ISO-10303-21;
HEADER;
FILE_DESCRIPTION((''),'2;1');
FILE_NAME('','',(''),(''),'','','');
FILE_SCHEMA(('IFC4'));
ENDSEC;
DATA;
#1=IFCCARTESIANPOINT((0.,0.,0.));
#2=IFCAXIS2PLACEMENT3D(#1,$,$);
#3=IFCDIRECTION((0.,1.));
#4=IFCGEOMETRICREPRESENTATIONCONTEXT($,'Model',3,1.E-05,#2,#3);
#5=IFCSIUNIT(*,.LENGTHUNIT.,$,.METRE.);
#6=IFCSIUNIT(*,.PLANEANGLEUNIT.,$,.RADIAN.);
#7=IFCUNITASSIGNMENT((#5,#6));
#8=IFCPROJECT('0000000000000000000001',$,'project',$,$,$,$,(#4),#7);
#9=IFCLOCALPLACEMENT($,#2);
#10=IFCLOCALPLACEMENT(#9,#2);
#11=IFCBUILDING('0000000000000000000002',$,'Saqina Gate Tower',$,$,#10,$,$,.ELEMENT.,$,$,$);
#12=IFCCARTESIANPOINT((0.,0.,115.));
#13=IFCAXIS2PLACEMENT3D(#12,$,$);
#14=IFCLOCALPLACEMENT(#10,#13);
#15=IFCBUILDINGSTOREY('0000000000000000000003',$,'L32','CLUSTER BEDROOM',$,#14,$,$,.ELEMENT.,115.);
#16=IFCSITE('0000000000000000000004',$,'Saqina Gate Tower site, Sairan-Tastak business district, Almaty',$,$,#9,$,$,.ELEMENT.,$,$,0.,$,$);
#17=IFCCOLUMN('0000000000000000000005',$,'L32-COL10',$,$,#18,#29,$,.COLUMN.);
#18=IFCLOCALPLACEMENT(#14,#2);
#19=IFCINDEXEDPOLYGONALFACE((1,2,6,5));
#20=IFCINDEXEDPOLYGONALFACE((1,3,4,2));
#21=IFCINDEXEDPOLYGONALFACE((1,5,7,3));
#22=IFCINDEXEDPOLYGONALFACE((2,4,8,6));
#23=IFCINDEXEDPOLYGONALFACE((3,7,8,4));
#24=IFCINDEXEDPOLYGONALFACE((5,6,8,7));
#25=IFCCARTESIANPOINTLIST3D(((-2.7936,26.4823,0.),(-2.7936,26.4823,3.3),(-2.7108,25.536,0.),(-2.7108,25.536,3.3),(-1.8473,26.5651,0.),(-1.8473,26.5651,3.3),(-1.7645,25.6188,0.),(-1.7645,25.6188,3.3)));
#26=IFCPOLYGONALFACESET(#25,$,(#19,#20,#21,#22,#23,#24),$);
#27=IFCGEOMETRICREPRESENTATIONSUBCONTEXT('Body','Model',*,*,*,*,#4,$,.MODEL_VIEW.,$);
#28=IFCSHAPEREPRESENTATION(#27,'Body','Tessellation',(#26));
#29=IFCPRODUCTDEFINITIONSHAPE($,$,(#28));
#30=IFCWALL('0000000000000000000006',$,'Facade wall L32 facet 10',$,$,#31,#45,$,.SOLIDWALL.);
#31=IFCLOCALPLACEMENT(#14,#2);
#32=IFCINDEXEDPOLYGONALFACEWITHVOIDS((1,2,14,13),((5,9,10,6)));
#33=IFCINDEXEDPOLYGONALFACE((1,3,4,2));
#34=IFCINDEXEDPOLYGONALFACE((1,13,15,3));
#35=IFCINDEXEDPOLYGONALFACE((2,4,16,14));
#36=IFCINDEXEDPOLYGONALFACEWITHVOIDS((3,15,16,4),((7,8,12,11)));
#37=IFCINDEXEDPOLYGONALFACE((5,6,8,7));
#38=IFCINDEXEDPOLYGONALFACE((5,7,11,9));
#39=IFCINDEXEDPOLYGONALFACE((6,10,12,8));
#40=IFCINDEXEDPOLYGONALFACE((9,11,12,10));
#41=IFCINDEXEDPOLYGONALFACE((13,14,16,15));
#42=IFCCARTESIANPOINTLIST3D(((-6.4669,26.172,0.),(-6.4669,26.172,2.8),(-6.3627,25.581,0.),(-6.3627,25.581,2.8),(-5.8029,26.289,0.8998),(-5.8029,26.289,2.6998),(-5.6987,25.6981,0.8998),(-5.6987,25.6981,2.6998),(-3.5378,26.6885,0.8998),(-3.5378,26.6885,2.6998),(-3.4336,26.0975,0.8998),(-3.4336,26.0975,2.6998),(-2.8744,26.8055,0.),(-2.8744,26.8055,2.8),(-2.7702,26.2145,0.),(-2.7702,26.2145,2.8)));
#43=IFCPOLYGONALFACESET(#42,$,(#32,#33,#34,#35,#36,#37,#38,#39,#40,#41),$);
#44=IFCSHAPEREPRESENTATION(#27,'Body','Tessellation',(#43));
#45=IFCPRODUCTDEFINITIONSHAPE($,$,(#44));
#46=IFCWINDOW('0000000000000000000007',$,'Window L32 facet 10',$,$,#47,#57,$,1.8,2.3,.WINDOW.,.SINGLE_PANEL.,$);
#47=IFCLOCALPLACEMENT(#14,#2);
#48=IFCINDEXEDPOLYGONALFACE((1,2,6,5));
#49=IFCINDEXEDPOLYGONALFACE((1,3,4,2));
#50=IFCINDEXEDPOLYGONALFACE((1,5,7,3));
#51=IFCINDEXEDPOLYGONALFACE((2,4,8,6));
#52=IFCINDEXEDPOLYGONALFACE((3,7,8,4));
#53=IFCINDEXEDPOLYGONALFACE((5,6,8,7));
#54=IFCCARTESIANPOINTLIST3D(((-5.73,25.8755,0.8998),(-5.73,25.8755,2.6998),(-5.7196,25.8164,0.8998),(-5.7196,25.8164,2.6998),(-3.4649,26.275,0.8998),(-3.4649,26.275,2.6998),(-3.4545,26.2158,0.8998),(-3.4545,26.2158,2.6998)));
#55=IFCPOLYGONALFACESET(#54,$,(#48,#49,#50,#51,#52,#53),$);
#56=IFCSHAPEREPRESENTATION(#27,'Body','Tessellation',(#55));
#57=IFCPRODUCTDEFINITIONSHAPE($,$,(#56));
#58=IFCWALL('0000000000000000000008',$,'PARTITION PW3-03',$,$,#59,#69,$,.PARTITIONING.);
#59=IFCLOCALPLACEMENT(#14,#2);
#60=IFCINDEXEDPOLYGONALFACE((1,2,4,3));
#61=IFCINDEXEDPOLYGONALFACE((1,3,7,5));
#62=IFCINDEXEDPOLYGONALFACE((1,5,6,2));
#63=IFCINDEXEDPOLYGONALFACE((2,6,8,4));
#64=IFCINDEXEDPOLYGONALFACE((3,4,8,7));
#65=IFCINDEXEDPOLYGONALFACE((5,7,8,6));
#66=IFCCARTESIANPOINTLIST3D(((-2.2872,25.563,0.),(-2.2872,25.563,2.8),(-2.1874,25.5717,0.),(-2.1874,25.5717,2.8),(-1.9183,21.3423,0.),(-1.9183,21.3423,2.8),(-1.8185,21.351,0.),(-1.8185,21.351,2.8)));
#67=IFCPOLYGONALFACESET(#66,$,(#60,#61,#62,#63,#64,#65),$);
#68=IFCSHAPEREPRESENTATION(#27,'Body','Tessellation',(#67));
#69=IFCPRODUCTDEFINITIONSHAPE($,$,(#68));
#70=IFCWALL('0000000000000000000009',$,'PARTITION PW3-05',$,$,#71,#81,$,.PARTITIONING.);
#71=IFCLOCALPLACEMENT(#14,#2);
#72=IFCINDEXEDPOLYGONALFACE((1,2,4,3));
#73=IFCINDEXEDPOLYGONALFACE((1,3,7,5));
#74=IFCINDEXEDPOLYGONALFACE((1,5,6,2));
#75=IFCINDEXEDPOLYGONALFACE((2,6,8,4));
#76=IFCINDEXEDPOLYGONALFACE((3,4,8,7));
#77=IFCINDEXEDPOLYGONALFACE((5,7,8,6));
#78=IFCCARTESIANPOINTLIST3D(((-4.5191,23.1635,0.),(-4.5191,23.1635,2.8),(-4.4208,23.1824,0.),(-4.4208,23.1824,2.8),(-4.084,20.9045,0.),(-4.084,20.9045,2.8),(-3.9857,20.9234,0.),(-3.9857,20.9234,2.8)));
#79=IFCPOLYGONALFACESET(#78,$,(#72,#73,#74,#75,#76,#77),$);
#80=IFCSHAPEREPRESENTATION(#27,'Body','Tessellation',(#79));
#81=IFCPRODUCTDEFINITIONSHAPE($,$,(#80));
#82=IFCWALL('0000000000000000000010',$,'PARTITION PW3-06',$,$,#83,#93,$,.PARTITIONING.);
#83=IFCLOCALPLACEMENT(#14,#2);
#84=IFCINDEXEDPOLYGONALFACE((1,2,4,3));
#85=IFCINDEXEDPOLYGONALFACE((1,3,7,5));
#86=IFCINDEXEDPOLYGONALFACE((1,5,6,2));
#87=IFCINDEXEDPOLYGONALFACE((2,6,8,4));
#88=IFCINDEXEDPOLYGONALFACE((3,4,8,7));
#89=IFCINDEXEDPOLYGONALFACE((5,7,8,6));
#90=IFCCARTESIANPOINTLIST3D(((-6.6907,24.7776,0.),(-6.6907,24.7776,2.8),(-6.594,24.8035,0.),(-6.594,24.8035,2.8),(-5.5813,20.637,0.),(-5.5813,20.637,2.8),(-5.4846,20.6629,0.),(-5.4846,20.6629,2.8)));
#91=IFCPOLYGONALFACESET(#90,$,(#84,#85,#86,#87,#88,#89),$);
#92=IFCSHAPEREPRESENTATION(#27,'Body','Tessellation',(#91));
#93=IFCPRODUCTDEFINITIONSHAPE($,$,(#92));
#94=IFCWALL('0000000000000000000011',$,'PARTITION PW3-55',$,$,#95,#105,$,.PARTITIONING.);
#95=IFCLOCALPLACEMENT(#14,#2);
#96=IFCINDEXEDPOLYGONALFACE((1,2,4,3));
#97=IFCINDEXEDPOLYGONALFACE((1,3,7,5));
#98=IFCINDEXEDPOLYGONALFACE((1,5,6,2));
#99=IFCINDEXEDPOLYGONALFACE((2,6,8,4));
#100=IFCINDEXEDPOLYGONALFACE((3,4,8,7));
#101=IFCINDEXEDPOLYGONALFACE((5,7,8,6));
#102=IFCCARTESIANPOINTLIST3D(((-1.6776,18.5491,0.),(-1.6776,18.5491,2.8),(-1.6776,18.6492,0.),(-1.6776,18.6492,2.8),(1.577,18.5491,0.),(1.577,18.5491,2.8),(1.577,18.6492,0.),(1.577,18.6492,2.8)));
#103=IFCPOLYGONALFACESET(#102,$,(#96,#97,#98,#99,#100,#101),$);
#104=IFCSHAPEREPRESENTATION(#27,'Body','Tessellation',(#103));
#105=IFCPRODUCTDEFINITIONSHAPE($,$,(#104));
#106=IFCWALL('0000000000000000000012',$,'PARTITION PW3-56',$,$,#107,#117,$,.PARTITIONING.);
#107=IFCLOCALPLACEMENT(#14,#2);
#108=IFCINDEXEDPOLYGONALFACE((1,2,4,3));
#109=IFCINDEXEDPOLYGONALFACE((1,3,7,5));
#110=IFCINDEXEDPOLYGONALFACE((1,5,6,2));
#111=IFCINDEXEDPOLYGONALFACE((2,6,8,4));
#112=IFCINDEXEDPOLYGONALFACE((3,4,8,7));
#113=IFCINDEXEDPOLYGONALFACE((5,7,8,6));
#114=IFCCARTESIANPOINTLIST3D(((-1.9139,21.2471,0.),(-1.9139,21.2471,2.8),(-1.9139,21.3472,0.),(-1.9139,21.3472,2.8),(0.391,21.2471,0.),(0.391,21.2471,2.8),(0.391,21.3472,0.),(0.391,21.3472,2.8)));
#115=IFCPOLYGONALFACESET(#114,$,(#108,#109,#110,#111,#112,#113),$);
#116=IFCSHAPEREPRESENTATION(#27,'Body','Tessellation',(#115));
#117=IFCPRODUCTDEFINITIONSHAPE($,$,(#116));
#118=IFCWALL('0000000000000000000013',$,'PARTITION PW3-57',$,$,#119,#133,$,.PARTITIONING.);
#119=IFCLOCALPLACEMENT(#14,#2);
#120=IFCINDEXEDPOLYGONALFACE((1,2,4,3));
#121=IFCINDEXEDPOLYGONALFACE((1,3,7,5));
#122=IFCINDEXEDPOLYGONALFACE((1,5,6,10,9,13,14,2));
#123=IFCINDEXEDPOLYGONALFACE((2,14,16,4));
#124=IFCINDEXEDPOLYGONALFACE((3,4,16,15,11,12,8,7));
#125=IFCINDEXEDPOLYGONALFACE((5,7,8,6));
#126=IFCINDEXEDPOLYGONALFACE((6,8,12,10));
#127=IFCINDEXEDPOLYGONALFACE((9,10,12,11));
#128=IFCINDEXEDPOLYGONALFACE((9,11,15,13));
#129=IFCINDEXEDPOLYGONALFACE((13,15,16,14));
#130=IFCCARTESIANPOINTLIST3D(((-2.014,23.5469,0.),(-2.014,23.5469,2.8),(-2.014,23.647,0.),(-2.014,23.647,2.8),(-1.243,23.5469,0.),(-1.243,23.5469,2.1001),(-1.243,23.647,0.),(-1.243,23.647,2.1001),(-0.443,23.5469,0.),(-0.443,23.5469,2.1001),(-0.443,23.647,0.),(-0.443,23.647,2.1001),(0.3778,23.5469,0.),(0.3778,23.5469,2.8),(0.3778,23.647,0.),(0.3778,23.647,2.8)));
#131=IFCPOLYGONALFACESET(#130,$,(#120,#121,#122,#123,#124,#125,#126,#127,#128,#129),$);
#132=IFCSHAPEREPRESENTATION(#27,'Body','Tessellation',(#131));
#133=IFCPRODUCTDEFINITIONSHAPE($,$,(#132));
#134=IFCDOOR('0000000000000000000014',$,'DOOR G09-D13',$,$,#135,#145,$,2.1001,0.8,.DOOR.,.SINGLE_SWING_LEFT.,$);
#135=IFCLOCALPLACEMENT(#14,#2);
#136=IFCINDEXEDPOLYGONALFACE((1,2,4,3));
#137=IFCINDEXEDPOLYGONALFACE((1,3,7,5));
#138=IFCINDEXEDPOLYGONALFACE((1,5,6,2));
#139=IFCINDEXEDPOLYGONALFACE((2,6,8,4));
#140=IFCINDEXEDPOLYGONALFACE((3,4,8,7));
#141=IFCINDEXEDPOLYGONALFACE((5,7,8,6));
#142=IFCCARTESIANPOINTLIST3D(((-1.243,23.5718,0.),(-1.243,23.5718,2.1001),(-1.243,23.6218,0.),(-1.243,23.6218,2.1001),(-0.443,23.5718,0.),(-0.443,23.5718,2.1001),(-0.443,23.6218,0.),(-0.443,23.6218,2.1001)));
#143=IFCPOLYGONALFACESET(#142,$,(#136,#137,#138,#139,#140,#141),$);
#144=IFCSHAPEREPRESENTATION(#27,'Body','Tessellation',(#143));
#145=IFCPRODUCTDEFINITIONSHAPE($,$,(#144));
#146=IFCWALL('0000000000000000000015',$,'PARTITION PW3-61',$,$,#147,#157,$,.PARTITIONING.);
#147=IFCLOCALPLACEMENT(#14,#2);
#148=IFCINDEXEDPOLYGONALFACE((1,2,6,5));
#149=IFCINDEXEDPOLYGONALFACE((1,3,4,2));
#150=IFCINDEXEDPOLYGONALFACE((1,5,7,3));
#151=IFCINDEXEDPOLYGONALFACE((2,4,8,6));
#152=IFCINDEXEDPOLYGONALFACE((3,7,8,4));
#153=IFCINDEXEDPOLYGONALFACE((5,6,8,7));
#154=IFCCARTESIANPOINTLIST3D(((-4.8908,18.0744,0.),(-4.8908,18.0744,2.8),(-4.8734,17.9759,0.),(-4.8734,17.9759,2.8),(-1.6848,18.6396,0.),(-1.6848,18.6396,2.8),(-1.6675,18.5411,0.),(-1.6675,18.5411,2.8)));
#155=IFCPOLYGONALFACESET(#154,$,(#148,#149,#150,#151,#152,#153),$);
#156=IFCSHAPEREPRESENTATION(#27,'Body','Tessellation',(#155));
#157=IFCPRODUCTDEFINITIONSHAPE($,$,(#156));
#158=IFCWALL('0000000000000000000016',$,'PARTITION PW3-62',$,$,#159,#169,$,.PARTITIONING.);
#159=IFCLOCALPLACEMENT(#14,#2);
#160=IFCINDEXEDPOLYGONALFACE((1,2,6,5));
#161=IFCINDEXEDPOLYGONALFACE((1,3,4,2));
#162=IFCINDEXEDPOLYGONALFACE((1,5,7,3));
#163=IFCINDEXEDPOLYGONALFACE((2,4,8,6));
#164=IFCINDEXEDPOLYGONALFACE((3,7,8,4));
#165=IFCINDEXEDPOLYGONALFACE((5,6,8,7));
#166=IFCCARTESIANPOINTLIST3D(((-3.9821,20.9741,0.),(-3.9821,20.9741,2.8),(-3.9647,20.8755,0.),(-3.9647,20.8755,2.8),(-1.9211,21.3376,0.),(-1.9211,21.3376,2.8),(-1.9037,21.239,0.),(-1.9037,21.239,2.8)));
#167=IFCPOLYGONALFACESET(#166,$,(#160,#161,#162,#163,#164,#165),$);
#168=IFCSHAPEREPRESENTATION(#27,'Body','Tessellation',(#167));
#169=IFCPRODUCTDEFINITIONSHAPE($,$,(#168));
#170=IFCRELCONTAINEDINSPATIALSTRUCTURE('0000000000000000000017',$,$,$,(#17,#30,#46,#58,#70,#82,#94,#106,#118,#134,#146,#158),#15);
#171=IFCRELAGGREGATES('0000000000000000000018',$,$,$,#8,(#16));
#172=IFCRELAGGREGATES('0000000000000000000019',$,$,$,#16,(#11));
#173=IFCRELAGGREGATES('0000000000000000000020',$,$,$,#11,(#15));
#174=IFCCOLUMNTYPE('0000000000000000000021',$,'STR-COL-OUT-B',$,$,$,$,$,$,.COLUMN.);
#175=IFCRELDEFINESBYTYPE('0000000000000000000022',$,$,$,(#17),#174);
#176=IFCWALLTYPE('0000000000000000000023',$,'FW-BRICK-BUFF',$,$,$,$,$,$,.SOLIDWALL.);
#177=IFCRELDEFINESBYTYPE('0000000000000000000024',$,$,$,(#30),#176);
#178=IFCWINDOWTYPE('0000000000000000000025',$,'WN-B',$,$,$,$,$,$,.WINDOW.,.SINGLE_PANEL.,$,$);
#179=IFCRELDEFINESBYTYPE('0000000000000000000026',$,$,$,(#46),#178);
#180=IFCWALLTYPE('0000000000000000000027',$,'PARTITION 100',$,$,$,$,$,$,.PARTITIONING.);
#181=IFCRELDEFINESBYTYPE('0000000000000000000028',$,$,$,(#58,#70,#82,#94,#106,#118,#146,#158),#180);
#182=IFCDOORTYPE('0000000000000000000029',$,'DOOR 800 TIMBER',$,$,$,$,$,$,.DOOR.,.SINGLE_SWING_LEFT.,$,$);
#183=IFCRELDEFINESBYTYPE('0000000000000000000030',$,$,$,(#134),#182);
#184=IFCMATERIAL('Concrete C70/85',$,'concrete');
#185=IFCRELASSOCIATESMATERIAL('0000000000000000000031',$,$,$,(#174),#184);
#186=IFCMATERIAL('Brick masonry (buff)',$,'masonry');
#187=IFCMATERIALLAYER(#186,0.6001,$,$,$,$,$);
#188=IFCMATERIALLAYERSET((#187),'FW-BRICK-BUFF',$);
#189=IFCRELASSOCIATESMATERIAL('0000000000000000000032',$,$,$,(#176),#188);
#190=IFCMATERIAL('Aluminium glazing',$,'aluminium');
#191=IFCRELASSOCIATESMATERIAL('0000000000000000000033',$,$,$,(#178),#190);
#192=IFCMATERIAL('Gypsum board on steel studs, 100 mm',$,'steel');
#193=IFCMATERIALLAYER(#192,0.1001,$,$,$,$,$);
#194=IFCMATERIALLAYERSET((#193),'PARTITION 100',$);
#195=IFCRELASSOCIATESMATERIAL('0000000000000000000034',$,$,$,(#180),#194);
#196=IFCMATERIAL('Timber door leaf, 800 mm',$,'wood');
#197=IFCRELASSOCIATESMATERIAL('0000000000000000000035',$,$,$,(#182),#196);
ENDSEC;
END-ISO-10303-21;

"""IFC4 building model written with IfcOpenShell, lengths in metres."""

from ifc_helpers import new_model, si_unit, direction, frame, frame_2d, origin, origin_2d, place, context, subcontext, project, spatial, rectangle, extrude, material, layer, layer_set, material_profile, profile_set, type_object, element, fill, save


model = new_model("IFC4")

# Units and contexts
model_context = context("Model", 3, precision=1e-05, world=origin(), true_north=direction((0.0, 1.0)))
body_context = subcontext(model_context, "Body", "Model", "MODEL_VIEW")
ifc_project = project(units=[si_unit("LENGTHUNIT", "METRE"), si_unit("PLANEANGLEUNIT", "RADIAN")], contexts=[model_context])

# Site, building, storey
site_placement = place(None, origin())
site = spatial("IfcSite", under=ifc_project, at=site_placement, Name="Saqina Gate Tower site, Sairan-Tastak business district, Almaty", CompositionType="ELEMENT", RefElevation=0.0)
building_placement = place(site_placement, origin())
building = spatial("IfcBuilding", under=site, at=building_placement, Name="Saqina Gate Tower", CompositionType="ELEMENT")
storey_placement = place(building_placement, frame((0.0, 0.0, 115.0)))
storey = spatial("IfcBuildingStorey", under=building, at=storey_placement, Name="L32", Description="CLUSTER BEDROOM", CompositionType="ELEMENT", Elevation=115.0)

# Column
ifc_material_1 = material(Name="Concrete C70/85", Category="concrete")
ifc_material_profile = material_profile(ifc_material_1, rectangle(XDim=0.95, YDim=0.95, at=origin_2d()), Name="RC 950x950")
ifc_profile_set = profile_set([ifc_material_profile], Name="Concrete C70/85")
column_type = type_object("IfcColumnType", Name="STR-COL-OUT-B", PredefinedType="COLUMN", material=ifc_profile_set)
column_placement = place(storey_placement, frame((-2.2791, 26.0505, 0.0), z_axis=(0.0, 0.0, 1.0), x_axis=(-0.087156, 0.996195, 0.0)))
element("IfcColumn", 1, at=column_placement, inside=storey, type_object=column_type, Name="L32-COL10", PredefinedType="COLUMN", context=body_context, shape_type="SweptSolid", body=[
    extrude(rectangle(XDim=0.95, YDim=0.95, at=origin_2d()), origin(), (0.0, 0.0, 1.0), 3.3),
])

# Wall, opening, window
ifc_material_2 = material(Name="Brick masonry (buff)", Category="masonry")
ifc_layer_1 = layer(ifc_material_2, 0.6001)
ifc_layer_set_1 = layer_set([ifc_layer_1], Name="FW-BRICK-BUFF")
wall_type_1 = type_object("IfcWallType", Name="FW-BRICK-BUFF", PredefinedType="SOLIDWALL", material=ifc_layer_set_1)
wall_1_placement = place(storey_placement, frame((-2.8223, 26.51, 0.0), z_axis=(0.0, 0.0, 1.0), x_axis=(-0.984804, -0.173671, 0.0)))
wall_1 = element("IfcWall", 2, at=wall_1_placement, inside=storey, type_object=wall_type_1, Name="Facade wall L32 facet 10", PredefinedType="SOLIDWALL", context=body_context, shape_type="SweptSolid", body=[
    extrude(rectangle(XDim=3.6479, YDim=0.6001, at=frame_2d((1.824, 0.0))), origin(), (0.0, 0.0, 1.0), 2.8),
])
opening_1_placement = place(wall_1_placement, frame((0.6738, 0.0, 0.8999)))
opening_1 = element("IfcOpeningElement", 3, at=opening_1_placement, cuts=wall_1, PredefinedType="OPENING", context=body_context, shape_type="SweptSolid", body=[
    extrude(rectangle(XDim=2.3, YDim=1.8, at=frame_2d((1.1499, 0.8999))), frame((0.0, 0.312, 0.0), z_axis=(0.0, -1.0, 0.0), x_axis=(1.0, 0.0, 0.0)), (0.0, 0.0, 1.0), 0.624),
])
ifc_material_3 = material(Name="Aluminium glazing", Category="aluminium")
window_type = type_object("IfcWindowType", Name="WN-B", PartitioningType="SINGLE_PANEL", PredefinedType="WINDOW", material=ifc_material_3)
window_placement = place(opening_1_placement, origin())
window = element("IfcWindow", 4, at=window_placement, inside=storey, type_object=window_type, Name="Window L32 facet 10", OverallHeight=1.8, OverallWidth=2.3, PartitioningType="SINGLE_PANEL", PredefinedType="WINDOW", context=body_context, shape_type="SweptSolid", body=[
    extrude(rectangle(XDim=2.3, YDim=1.8, at=frame_2d((1.1499, 0.8999))), frame((0.0, 0.1799, 0.0), z_axis=(0.0, -1.0, 0.0), x_axis=(1.0, 0.0, 0.0)), (0.0, 0.0, 1.0), 0.0601),
])
fill(opening_1, window)

# Walls
ifc_material_4 = material(Name="Gypsum board on steel studs, 100 mm", Category="steel")
ifc_layer_2 = layer(ifc_material_4, 0.1001)
ifc_layer_set_2 = layer_set([ifc_layer_2], Name="PARTITION 100")
wall_type_2 = type_object("IfcWallType", Name="PARTITION 100", PredefinedType="PARTITIONING", material=ifc_layer_set_2)
wall_2_placement = place(storey_placement, frame((-2.2373, 25.5674, 0.0), z_axis=(0.0, 0.0, 1.0), x_axis=(0.08707, -0.996202, 0.0)))
element("IfcWall", 5, at=wall_2_placement, inside=storey, type_object=wall_type_2, Name="PARTITION PW3-03", PredefinedType="PARTITIONING", context=body_context, shape_type="SweptSolid", body=[
    extrude(rectangle(XDim=4.2368, YDim=0.1001, at=frame_2d((2.1184, 0.0))), origin(), (0.0, 0.0, 1.0), 2.8),
])
wall_3_placement = place(storey_placement, frame((-4.47, 23.1731, 0.0), z_axis=(0.0, 0.0, 1.0), x_axis=(0.189111, -0.981956, 0.0)))
element("IfcWall", 6, at=wall_3_placement, inside=storey, type_object=wall_type_2, Name="PARTITION PW3-05", PredefinedType="PARTITIONING", context=body_context, shape_type="SweptSolid", body=[
    extrude(rectangle(XDim=2.3005, YDim=0.1001, at=frame_2d((1.1504, 0.0))), origin(), (0.0, 0.0, 1.0), 2.8),
])
wall_4_placement = place(storey_placement, frame((-6.6423, 24.7905, 0.0), z_axis=(0.0, 0.0, 1.0), x_axis=(0.258797, -0.965932, 0.0)))
element("IfcWall", 7, at=wall_4_placement, inside=storey, type_object=wall_type_2, Name="PARTITION PW3-06", PredefinedType="PARTITIONING", context=body_context, shape_type="SweptSolid", body=[
    extrude(rectangle(XDim=4.2866, YDim=0.1001, at=frame_2d((2.1433, 0.0))), origin(), (0.0, 0.0, 1.0), 2.8),
])
wall_5_placement = place(storey_placement, frame((-1.6777, 18.5991, 0.0), z_axis=(0.0, 0.0, 1.0), x_axis=(1.0, 0.0, 0.0)))
element("IfcWall", 8, at=wall_5_placement, inside=storey, type_object=wall_type_2, Name="PARTITION PW3-55", PredefinedType="PARTITIONING", context=body_context, shape_type="SweptSolid", body=[
    extrude(rectangle(XDim=3.2546, YDim=0.1001, at=frame_2d((1.6274, 0.0))), origin(), (0.0, 0.0, 1.0), 2.8),
])
wall_6_placement = place(storey_placement, frame((-1.9138, 21.2971, 0.0), z_axis=(0.0, 0.0, 1.0), x_axis=(1.0, 0.0, 0.0)))
element("IfcWall", 9, at=wall_6_placement, inside=storey, type_object=wall_type_2, Name="PARTITION PW3-56", PredefinedType="PARTITIONING", context=body_context, shape_type="SweptSolid", body=[
    extrude(rectangle(XDim=2.3049, YDim=0.1001, at=frame_2d((1.1523, 0.0))), origin(), (0.0, 0.0, 1.0), 2.8),
])

# Wall, opening, door
wall_7_placement = place(storey_placement, frame((-2.0139, 23.5969, 0.0), z_axis=(0.0, 0.0, 1.0), x_axis=(1.0, 0.0, 0.0)))
wall_7 = element("IfcWall", 10, at=wall_7_placement, inside=storey, type_object=wall_type_2, Name="PARTITION PW3-57", PredefinedType="PARTITIONING", context=body_context, shape_type="SweptSolid", body=[
    extrude(rectangle(XDim=2.3918, YDim=0.1001, at=frame_2d((1.1958, 0.0))), origin(), (0.0, 0.0, 1.0), 2.8),
])
opening_2_placement = place(wall_7_placement, frame((0.771, 0.0, 0.0)))
opening_2 = element("IfcOpeningElement", 11, at=opening_2_placement, cuts=wall_7, PredefinedType="OPENING", context=body_context, shape_type="SweptSolid", body=[
    extrude(rectangle(XDim=0.8, YDim=2.1001, at=frame_2d((0.3999, 1.05))), frame((0.0, 0.062, 0.0), z_axis=(0.0, -1.0, 0.0), x_axis=(1.0, 0.0, 0.0)), (0.0, 0.0, 1.0), 0.124),
])
ifc_material_5 = material(Name="Timber door leaf, 800 mm", Category="wood")
door_type_1 = type_object("IfcDoorType", Name="DOOR 800 TIMBER", OperationType="SINGLE_SWING_LEFT", PredefinedType="DOOR", material=ifc_material_5)
door_1_placement = place(opening_2_placement, origin())
door_1 = element("IfcDoor", 12, at=door_1_placement, inside=storey, type_object=door_type_1, Name="DOOR G09-D13", OperationType="SINGLE_SWING_LEFT", OverallHeight=2.1001, OverallWidth=0.8, PredefinedType="DOOR", context=body_context, shape_type="SweptSolid", body=[
    extrude(rectangle(XDim=0.8, YDim=2.1001, at=frame_2d((0.3999, 1.05))), frame((0.0, 0.0249, 0.0), z_axis=(0.0, -1.0, 0.0), x_axis=(1.0, 0.0, 0.0)), (0.0, 0.0, 1.0), 0.05),
])
fill(opening_2, door_1)

# Walls
wall_8_placement = place(storey_placement, frame((-4.8821, 18.0251, 0.0), z_axis=(0.0, 0.0, 1.0), x_axis=(0.984812, 0.173623, 0.0)))
element("IfcWall", 13, at=wall_8_placement, inside=storey, type_object=wall_type_2, Name="PARTITION PW3-61", PredefinedType="PARTITIONING", context=body_context, shape_type="SweptSolid", body=[
    extrude(rectangle(XDim=3.2554, YDim=0.1001, at=frame_2d((1.6277, 0.0))), origin(), (0.0, 0.0, 1.0), 2.8),
])
wall_9_placement = place(storey_placement, frame((-3.9734, 20.9248, 0.0), z_axis=(0.0, 0.0, 1.0), x_axis=(0.984799, 0.173699, 0.0)))
element("IfcWall", 14, at=wall_9_placement, inside=storey, type_object=wall_type_2, Name="PARTITION PW3-62", PredefinedType="PARTITIONING", context=body_context, shape_type="SweptSolid", body=[
    extrude(rectangle(XDim=2.0928, YDim=0.1001, at=frame_2d((1.0464, 0.0))), origin(), (0.0, 0.0, 1.0), 2.8),
])

save(model, "model.ifc")
